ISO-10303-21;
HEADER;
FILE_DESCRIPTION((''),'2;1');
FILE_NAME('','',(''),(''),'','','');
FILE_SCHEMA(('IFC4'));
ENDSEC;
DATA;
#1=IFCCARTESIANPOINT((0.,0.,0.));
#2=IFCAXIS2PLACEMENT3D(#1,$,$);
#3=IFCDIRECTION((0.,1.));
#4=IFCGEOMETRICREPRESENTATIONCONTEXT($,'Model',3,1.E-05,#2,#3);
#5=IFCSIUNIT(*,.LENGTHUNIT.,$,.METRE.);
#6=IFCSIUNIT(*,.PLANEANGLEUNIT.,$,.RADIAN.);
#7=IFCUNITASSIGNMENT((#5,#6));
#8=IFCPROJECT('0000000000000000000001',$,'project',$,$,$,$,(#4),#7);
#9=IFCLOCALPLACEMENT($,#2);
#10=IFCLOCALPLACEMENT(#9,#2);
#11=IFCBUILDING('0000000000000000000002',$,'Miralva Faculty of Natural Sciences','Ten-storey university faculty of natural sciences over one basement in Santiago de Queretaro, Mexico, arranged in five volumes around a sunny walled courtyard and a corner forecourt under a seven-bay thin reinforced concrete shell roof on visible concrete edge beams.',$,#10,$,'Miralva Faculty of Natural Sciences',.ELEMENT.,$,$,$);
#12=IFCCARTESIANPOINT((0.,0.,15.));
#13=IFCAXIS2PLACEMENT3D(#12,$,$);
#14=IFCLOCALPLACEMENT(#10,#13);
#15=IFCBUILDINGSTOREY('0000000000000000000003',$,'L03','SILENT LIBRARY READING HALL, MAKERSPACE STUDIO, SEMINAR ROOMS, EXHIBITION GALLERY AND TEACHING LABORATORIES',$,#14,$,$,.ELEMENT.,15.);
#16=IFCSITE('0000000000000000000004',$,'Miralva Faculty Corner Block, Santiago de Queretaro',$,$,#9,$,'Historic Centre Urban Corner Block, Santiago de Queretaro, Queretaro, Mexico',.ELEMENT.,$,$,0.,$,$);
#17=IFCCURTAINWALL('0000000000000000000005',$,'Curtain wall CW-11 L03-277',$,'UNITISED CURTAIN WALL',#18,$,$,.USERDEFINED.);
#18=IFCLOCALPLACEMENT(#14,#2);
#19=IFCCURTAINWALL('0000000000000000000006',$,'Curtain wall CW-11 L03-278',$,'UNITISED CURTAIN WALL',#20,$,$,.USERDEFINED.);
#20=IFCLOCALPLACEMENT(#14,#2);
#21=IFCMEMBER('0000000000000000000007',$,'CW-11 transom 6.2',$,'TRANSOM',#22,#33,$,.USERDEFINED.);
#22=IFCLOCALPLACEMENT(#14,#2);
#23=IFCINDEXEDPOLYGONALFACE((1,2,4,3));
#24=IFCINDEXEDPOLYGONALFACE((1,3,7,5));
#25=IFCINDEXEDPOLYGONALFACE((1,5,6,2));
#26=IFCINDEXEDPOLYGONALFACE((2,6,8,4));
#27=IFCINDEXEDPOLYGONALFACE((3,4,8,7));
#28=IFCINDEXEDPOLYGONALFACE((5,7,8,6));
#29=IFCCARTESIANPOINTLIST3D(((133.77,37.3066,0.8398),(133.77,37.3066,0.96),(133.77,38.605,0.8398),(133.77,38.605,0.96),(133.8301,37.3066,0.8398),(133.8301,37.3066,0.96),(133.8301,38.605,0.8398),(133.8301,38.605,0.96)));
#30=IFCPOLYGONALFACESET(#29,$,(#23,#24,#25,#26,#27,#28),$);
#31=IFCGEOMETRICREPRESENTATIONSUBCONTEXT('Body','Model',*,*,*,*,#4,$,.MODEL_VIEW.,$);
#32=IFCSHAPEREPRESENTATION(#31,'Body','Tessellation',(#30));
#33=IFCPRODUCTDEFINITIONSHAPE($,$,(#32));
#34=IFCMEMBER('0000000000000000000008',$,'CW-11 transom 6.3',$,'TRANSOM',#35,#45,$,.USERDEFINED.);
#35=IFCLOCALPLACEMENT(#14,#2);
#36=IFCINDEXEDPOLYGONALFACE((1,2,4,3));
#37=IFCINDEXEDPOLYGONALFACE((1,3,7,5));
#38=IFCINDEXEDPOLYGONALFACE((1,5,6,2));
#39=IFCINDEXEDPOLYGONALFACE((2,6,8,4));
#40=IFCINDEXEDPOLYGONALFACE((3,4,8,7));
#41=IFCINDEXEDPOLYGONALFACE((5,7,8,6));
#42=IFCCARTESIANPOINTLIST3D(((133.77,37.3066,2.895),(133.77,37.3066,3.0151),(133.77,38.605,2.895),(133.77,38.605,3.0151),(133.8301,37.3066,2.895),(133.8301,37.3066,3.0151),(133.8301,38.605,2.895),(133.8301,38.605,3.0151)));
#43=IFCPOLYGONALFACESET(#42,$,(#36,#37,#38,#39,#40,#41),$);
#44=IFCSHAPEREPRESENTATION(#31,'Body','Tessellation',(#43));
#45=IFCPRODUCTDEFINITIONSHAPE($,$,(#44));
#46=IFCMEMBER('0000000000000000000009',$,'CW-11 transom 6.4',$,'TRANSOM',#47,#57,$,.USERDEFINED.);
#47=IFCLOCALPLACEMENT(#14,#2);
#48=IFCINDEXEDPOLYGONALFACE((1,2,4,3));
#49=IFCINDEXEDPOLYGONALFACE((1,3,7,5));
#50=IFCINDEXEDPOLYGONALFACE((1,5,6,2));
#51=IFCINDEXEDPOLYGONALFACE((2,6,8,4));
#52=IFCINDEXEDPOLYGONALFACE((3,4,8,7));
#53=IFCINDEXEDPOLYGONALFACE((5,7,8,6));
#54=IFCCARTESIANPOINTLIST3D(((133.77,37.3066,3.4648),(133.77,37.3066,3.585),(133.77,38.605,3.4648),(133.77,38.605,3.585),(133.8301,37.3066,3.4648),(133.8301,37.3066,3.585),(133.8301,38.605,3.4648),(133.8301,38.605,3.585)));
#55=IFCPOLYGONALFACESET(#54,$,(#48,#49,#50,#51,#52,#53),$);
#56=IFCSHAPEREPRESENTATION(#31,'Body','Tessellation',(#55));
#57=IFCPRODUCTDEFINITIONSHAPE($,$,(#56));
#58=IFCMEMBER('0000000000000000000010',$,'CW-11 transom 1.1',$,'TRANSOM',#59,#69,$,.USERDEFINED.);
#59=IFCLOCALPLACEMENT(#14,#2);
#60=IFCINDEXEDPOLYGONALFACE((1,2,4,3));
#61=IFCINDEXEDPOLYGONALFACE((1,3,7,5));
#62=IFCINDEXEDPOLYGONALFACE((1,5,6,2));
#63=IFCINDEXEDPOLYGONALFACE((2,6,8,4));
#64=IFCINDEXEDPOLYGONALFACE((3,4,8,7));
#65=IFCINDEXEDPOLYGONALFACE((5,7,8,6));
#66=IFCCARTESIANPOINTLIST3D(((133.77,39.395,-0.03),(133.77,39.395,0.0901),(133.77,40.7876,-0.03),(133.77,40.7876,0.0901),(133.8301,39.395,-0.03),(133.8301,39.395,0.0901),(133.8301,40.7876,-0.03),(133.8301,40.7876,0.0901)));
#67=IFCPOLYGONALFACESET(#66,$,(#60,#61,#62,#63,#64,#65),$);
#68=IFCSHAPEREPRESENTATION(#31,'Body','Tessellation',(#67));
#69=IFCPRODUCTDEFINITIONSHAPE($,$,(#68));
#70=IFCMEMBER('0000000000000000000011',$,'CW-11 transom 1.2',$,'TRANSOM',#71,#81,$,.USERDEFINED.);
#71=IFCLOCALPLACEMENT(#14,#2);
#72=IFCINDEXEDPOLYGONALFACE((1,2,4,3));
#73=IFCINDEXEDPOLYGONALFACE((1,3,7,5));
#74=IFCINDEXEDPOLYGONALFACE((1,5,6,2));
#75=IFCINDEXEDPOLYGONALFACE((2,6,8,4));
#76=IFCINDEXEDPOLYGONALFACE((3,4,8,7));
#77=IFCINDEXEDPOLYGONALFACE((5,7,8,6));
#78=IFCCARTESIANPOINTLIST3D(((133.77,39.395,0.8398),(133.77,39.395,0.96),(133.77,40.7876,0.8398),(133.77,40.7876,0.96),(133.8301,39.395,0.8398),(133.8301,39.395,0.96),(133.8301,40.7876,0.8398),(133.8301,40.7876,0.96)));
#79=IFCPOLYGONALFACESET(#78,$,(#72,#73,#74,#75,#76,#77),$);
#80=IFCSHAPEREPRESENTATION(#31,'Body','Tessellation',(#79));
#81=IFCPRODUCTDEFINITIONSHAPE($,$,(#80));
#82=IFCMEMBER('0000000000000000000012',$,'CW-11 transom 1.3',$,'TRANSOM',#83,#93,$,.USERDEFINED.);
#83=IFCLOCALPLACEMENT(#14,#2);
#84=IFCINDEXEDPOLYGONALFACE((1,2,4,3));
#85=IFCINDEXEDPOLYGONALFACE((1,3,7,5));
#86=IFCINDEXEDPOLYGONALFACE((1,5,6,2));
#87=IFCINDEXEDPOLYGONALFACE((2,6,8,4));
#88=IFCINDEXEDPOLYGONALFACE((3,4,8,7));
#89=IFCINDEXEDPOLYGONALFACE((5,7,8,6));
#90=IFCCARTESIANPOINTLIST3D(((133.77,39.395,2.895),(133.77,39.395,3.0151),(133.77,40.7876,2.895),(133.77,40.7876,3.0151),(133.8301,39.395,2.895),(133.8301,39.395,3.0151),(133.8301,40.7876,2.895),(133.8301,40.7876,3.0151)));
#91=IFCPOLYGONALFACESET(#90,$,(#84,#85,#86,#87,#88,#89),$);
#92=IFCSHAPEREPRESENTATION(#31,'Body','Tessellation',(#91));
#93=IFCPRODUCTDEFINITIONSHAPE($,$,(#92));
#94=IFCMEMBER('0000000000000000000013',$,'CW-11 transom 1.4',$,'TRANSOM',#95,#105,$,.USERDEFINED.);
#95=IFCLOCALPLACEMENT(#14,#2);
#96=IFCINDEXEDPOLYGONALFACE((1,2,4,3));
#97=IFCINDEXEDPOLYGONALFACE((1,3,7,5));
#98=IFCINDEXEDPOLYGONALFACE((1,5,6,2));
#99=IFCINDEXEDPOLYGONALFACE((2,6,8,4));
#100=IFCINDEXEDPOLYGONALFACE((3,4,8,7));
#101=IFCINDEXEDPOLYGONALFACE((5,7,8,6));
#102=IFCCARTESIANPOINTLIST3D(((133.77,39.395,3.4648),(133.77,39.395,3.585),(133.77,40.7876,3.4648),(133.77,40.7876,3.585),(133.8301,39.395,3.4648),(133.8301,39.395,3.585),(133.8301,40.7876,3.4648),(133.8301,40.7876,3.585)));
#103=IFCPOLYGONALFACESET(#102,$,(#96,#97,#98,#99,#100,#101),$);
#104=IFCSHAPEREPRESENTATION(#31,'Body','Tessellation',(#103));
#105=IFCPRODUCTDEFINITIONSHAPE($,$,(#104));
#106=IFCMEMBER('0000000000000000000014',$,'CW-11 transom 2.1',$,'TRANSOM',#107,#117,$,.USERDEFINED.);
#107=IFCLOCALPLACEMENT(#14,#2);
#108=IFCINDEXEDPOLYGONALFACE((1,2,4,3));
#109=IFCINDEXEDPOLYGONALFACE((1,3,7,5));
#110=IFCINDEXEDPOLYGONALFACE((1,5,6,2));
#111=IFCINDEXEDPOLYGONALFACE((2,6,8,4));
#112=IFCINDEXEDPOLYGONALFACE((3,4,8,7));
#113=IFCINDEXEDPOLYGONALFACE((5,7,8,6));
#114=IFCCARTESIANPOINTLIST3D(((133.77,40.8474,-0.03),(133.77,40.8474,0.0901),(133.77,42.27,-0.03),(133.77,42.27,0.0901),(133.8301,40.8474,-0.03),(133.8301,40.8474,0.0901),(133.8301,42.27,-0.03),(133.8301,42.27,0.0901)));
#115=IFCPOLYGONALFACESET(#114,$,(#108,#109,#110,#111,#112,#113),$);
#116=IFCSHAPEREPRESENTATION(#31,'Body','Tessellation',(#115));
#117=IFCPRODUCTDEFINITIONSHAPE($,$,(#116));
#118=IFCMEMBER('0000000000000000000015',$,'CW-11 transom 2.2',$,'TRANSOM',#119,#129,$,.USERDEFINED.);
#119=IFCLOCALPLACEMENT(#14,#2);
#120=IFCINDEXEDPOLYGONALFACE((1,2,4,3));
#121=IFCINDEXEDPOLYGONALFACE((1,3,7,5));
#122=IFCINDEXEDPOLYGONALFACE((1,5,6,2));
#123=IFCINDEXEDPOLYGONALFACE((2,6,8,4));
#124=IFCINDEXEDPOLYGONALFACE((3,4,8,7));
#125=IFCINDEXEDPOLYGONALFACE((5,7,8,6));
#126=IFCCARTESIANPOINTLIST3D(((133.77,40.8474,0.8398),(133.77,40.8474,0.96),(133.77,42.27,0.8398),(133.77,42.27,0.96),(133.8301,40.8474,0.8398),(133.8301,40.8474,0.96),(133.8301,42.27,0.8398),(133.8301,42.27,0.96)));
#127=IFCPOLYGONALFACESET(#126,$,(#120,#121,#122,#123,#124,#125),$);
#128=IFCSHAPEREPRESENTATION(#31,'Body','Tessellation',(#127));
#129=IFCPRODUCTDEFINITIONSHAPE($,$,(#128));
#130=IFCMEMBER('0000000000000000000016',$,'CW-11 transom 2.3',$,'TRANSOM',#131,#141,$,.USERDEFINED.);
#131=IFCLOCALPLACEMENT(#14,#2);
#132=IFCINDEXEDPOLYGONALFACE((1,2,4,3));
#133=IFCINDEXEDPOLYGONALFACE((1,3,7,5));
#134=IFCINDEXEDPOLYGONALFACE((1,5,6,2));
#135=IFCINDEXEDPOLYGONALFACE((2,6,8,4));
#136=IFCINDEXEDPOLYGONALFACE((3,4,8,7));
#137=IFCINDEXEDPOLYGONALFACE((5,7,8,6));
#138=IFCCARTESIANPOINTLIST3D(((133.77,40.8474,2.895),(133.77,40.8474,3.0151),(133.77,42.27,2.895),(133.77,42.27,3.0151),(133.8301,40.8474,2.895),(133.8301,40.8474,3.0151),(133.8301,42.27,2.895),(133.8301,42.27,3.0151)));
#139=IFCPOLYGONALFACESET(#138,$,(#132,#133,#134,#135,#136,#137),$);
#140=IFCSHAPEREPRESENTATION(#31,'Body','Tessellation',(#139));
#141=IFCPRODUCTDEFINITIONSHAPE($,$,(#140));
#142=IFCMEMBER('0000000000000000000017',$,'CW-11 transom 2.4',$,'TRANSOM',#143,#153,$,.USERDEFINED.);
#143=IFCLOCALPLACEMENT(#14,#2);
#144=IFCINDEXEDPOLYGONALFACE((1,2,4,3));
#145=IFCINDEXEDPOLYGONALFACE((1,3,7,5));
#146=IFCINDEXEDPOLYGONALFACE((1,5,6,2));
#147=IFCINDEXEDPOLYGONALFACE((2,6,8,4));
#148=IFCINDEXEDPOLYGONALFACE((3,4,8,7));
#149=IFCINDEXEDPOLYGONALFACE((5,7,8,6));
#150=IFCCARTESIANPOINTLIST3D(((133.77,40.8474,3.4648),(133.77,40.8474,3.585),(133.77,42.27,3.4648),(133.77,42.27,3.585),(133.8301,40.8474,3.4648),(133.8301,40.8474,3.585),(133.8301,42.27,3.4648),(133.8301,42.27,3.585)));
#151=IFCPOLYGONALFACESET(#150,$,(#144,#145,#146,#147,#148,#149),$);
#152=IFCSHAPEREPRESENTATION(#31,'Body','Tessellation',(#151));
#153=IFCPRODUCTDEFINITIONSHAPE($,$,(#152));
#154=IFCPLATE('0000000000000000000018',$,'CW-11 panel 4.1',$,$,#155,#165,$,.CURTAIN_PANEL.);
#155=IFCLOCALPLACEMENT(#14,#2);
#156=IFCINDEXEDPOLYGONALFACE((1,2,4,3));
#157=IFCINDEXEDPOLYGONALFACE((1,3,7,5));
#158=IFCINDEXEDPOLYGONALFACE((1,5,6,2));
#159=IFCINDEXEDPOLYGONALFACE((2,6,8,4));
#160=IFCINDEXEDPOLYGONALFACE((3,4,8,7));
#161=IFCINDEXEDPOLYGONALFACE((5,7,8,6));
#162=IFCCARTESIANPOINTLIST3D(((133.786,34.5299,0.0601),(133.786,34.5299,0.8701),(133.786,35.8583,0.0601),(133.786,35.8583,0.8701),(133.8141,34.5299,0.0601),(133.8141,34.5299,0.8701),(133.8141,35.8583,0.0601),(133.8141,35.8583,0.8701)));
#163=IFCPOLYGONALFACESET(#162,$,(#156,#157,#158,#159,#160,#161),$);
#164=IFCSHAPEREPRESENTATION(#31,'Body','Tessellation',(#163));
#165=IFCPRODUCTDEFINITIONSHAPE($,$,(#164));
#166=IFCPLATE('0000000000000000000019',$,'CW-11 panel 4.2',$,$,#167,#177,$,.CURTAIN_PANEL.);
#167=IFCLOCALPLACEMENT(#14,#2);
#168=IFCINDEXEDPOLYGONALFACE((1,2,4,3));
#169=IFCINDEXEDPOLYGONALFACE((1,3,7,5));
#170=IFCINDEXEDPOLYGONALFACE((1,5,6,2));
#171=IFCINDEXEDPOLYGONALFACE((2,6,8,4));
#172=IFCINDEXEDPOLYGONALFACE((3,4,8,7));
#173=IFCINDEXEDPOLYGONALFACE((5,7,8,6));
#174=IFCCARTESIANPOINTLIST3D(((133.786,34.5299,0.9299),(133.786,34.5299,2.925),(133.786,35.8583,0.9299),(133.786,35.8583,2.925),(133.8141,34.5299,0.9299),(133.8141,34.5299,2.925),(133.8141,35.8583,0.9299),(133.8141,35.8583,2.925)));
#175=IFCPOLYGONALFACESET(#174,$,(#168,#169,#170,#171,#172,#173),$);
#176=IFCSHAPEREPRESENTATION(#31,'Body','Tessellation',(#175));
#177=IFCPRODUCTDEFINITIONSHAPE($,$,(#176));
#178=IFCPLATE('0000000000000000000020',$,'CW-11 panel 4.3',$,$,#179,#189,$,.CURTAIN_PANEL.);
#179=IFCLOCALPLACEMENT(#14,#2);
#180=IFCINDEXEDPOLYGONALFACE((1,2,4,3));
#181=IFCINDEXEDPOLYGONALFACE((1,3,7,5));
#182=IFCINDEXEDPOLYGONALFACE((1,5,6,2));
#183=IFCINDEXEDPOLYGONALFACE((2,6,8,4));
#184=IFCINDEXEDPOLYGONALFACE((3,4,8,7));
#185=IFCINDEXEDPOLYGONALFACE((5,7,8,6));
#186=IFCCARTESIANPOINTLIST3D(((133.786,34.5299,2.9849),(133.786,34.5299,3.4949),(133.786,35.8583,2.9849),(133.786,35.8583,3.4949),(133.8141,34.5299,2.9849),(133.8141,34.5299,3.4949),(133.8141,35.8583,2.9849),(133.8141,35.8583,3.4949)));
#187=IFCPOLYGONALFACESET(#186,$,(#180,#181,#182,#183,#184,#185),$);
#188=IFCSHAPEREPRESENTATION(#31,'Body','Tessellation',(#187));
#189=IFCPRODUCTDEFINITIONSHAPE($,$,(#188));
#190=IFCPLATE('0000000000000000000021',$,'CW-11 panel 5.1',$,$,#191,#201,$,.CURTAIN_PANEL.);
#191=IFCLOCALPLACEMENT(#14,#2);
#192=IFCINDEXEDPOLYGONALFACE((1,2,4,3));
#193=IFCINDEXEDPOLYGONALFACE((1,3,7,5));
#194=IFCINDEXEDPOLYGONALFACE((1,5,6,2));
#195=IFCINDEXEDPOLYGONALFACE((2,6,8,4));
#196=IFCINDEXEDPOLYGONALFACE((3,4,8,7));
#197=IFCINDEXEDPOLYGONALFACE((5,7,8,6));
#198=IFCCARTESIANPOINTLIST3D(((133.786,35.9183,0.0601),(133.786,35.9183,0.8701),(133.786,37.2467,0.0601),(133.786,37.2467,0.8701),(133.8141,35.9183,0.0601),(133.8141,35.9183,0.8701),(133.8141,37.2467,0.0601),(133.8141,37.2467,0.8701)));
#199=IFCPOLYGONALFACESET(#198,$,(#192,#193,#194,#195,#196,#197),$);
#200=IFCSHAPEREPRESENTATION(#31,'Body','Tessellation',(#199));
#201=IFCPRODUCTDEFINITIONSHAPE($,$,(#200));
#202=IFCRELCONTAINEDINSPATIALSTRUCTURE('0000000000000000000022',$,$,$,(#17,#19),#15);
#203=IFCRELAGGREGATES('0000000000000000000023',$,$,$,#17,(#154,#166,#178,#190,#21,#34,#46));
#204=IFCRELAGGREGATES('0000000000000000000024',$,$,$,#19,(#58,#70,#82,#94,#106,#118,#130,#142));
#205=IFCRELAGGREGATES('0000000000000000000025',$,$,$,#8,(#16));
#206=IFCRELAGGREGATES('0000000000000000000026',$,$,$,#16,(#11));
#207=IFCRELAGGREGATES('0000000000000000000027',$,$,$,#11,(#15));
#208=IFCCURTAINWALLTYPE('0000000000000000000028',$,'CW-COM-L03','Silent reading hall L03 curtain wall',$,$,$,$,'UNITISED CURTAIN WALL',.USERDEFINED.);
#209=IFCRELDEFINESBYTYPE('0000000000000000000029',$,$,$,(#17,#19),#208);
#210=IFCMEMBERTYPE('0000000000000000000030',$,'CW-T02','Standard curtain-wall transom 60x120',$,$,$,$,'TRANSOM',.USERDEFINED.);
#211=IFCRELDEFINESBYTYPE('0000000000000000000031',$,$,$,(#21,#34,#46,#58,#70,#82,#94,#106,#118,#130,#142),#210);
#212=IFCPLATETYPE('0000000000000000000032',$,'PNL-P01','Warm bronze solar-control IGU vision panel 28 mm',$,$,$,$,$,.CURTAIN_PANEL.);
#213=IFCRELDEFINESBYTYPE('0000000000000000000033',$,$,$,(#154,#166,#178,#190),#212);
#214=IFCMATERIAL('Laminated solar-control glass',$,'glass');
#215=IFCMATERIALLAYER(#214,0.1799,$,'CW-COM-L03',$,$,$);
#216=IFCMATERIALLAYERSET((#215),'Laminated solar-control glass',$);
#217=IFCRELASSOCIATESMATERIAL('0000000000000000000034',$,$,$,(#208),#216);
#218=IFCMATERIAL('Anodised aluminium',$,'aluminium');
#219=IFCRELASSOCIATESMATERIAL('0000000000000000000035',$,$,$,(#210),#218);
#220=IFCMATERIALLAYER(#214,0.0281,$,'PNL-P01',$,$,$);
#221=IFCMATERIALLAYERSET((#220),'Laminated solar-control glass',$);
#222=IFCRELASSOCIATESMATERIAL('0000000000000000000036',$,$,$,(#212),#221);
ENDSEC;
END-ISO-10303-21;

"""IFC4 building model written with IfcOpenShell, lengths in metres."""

from ifc_helpers import new_model, si_unit, direction, frame, origin, origin_2d, place, context, subcontext, project, spatial, rectangle, extrude, material, layer, layer_set, material_profile, profile_set, type_object, element, aggregate, save


model = new_model("IFC4")

# Units and contexts
model_context = context("Model", 3, precision=1e-05, world=origin(), true_north=direction((0.0, 1.0)))
body_context = subcontext(model_context, "Body", "Model", "MODEL_VIEW")
ifc_project = project(units=[si_unit("LENGTHUNIT", "METRE"), si_unit("PLANEANGLEUNIT", "RADIAN")], contexts=[model_context])

# Site, building, storey
site_placement = place(None, origin())
site = spatial("IfcSite", under=ifc_project, at=site_placement, Name="Miralva Faculty Corner Block, Santiago de Queretaro", LongName="Historic Centre Urban Corner Block, Santiago de Queretaro, Queretaro, Mexico", CompositionType="ELEMENT", RefElevation=0.0)
building_placement = place(site_placement, origin())
building = spatial("IfcBuilding", under=site, at=building_placement, Name="Miralva Faculty of Natural Sciences", Description="Ten-storey university faculty of natural sciences over one basement in Santiago de Queretaro, Mexico, arranged in five volumes around a sunny walled courtyard and a corner forecourt under a seven-bay thin reinforced concrete shell roof on visible concrete edge beams.", LongName="Miralva Faculty of Natural Sciences", CompositionType="ELEMENT")
storey_placement = place(building_placement, frame((0.0, 0.0, 15.0)))
storey = spatial("IfcBuildingStorey", under=building, at=storey_placement, Name="L03", Description="SILENT LIBRARY READING HALL, MAKERSPACE STUDIO, SEMINAR ROOMS, EXHIBITION GALLERY AND TEACHING LABORATORIES", CompositionType="ELEMENT", Elevation=15.0)

# Curtain walls
ifc_material_1 = material(Name="Laminated solar-control glass", Category="glass")
ifc_layer_1 = layer(ifc_material_1, 0.1799, Name="CW-COM-L03")
ifc_layer_set_1 = layer_set([ifc_layer_1], Name="Laminated solar-control glass")
curtain_wall_type = type_object("IfcCurtainWallType", Name="CW-COM-L03", Description="Silent reading hall L03 curtain wall", ElementType="UNITISED CURTAIN WALL", PredefinedType="USERDEFINED", material=ifc_layer_set_1)
curtain_wall_1_placement = place(storey_placement, origin())
curtain_wall_1 = element("IfcCurtainWall", 1, at=curtain_wall_1_placement, inside=storey, type_object=curtain_wall_type, Name="Curtain wall CW-11 L03-277", ObjectType="UNITISED CURTAIN WALL", PredefinedType="USERDEFINED")
ifc_material_2 = material(Name="Anodised aluminium", Category="aluminium")
curtain_wall_2_placement = place(storey_placement, origin())
curtain_wall_2 = element("IfcCurtainWall", 2, at=curtain_wall_2_placement, inside=storey, type_object=curtain_wall_type, Name="Curtain wall CW-11 L03-278", ObjectType="UNITISED CURTAIN WALL", PredefinedType="USERDEFINED")

# Members
ifc_material_profile_1 = material_profile(ifc_material_2, rectangle(XDim=0.0601, YDim=0.1201, at=origin_2d()), Name="TRANSOM 60x120")
ifc_profile_set_1 = profile_set([ifc_material_profile_1], Name="Anodised aluminium")
member_type_1 = type_object("IfcMemberType", Name="CW-T02", Description="Standard curtain-wall transom 60x120", ElementType="TRANSOM", PredefinedType="USERDEFINED", material=ifc_profile_set_1)
member_1_placement = place(storey_placement, frame((133.8, 37.3066, 0.8999), z_axis=(0.0, 1.0, 0.0), x_axis=(-1.0, 0.0, 0.0)))
member_1 = element("IfcMember", 3, at=member_1_placement, type_object=member_type_1, Name="CW-11 transom 6.2", ObjectType="TRANSOM", PredefinedType="USERDEFINED", context=body_context, shape_type="SweptSolid", body=[
    extrude(rectangle(XDim=0.0601, YDim=0.1201, at=origin_2d()), origin(), (0.0, 0.0, 1.0), 1.2983),
])
member_2_placement = place(storey_placement, frame((133.8, 37.3066, 2.9551), z_axis=(0.0, 1.0, 0.0), x_axis=(-1.0, 0.0, 0.0)))
member_2 = element("IfcMember", 4, at=member_2_placement, type_object=member_type_1, Name="CW-11 transom 6.3", ObjectType="TRANSOM", PredefinedType="USERDEFINED", context=body_context, shape_type="SweptSolid", body=[
    extrude(rectangle(XDim=0.0601, YDim=0.1201, at=origin_2d()), origin(), (0.0, 0.0, 1.0), 1.2983),
])
member_3_placement = place(storey_placement, frame((133.8, 37.3066, 3.5249), z_axis=(0.0, 1.0, 0.0), x_axis=(-1.0, 0.0, 0.0)))
member_3 = element("IfcMember", 5, at=member_3_placement, type_object=member_type_1, Name="CW-11 transom 6.4", ObjectType="TRANSOM", PredefinedType="USERDEFINED", context=body_context, shape_type="SweptSolid", body=[
    extrude(rectangle(XDim=0.0601, YDim=0.1201, at=origin_2d()), origin(), (0.0, 0.0, 1.0), 1.2983),
])
member_4_placement = place(storey_placement, frame((133.8, 39.395, 0.03), z_axis=(0.0, 1.0, 0.0), x_axis=(-1.0, 0.0, 0.0)))
member_4 = element("IfcMember", 6, at=member_4_placement, type_object=member_type_1, Name="CW-11 transom 1.1", ObjectType="TRANSOM", PredefinedType="USERDEFINED", context=body_context, shape_type="SweptSolid", body=[
    extrude(rectangle(XDim=0.0601, YDim=0.1201, at=origin_2d()), origin(), (0.0, 0.0, 1.0), 1.3926),
])
member_5_placement = place(storey_placement, frame((133.8, 39.395, 0.8999), z_axis=(0.0, 1.0, 0.0), x_axis=(-1.0, 0.0, 0.0)))
member_5 = element("IfcMember", 7, at=member_5_placement, type_object=member_type_1, Name="CW-11 transom 1.2", ObjectType="TRANSOM", PredefinedType="USERDEFINED", context=body_context, shape_type="SweptSolid", body=[
    extrude(rectangle(XDim=0.0601, YDim=0.1201, at=origin_2d()), origin(), (0.0, 0.0, 1.0), 1.3926),
])
member_6_placement = place(storey_placement, frame((133.8, 39.395, 2.9551), z_axis=(0.0, 1.0, 0.0), x_axis=(-1.0, 0.0, 0.0)))
member_6 = element("IfcMember", 8, at=member_6_placement, type_object=member_type_1, Name="CW-11 transom 1.3", ObjectType="TRANSOM", PredefinedType="USERDEFINED", context=body_context, shape_type="SweptSolid", body=[
    extrude(rectangle(XDim=0.0601, YDim=0.1201, at=origin_2d()), origin(), (0.0, 0.0, 1.0), 1.3926),
])
member_7_placement = place(storey_placement, frame((133.8, 39.395, 3.5249), z_axis=(0.0, 1.0, 0.0), x_axis=(-1.0, 0.0, 0.0)))
member_7 = element("IfcMember", 9, at=member_7_placement, type_object=member_type_1, Name="CW-11 transom 1.4", ObjectType="TRANSOM", PredefinedType="USERDEFINED", context=body_context, shape_type="SweptSolid", body=[
    extrude(rectangle(XDim=0.0601, YDim=0.1201, at=origin_2d()), origin(), (0.0, 0.0, 1.0), 1.3926),
])
member_8_placement = place(storey_placement, frame((133.8, 40.8474, 0.03), z_axis=(0.0, 1.0, 0.0), x_axis=(-1.0, 0.0, 0.0)))
member_8 = element("IfcMember", 10, at=member_8_placement, type_object=member_type_1, Name="CW-11 transom 2.1", ObjectType="TRANSOM", PredefinedType="USERDEFINED", context=body_context, shape_type="SweptSolid", body=[
    extrude(rectangle(XDim=0.0601, YDim=0.1201, at=origin_2d()), origin(), (0.0, 0.0, 1.0), 1.4226),
])
member_9_placement = place(storey_placement, frame((133.8, 40.8474, 0.8999), z_axis=(0.0, 1.0, 0.0), x_axis=(-1.0, 0.0, 0.0)))
member_9 = element("IfcMember", 11, at=member_9_placement, type_object=member_type_1, Name="CW-11 transom 2.2", ObjectType="TRANSOM", PredefinedType="USERDEFINED", context=body_context, shape_type="SweptSolid", body=[
    extrude(rectangle(XDim=0.0601, YDim=0.1201, at=origin_2d()), origin(), (0.0, 0.0, 1.0), 1.4226),
])
member_10_placement = place(storey_placement, frame((133.8, 40.8474, 2.9551), z_axis=(0.0, 1.0, 0.0), x_axis=(-1.0, 0.0, 0.0)))
member_10 = element("IfcMember", 12, at=member_10_placement, type_object=member_type_1, Name="CW-11 transom 2.3", ObjectType="TRANSOM", PredefinedType="USERDEFINED", context=body_context, shape_type="SweptSolid", body=[
    extrude(rectangle(XDim=0.0601, YDim=0.1201, at=origin_2d()), origin(), (0.0, 0.0, 1.0), 1.4226),
])
member_11_placement = place(storey_placement, frame((133.8, 40.8474, 3.5249), z_axis=(0.0, 1.0, 0.0), x_axis=(-1.0, 0.0, 0.0)))
member_11 = element("IfcMember", 13, at=member_11_placement, type_object=member_type_1, Name="CW-11 transom 2.4", ObjectType="TRANSOM", PredefinedType="USERDEFINED", context=body_context, shape_type="SweptSolid", body=[
    extrude(rectangle(XDim=0.0601, YDim=0.1201, at=origin_2d()), origin(), (0.0, 0.0, 1.0), 1.4226),
])

# Plates
ifc_layer_2 = layer(ifc_material_1, 0.0281, Name="PNL-P01")
ifc_layer_set_2 = layer_set([ifc_layer_2], Name="Laminated solar-control glass")
plate_type = type_object("IfcPlateType", Name="PNL-P01", Description="Warm bronze solar-control IGU vision panel 28 mm", PredefinedType="CURTAIN_PANEL", material=ifc_layer_set_2)
plate_1_placement = place(storey_placement, frame((133.8, 35.1941, 0.0601), z_axis=(0.0, 0.0, 1.0), x_axis=(0.0, 1.0, 0.0)))
plate_1 = element("IfcPlate", 14, at=plate_1_placement, type_object=plate_type, Name="CW-11 panel 4.1", PredefinedType="CURTAIN_PANEL", context=body_context, shape_type="SweptSolid", body=[
    extrude(rectangle(XDim=1.3284, YDim=0.0281, at=origin_2d()), origin(), (0.0, 0.0, 1.0), 0.8101),
])
plate_2_placement = place(storey_placement, frame((133.8, 35.1941, 0.9299), z_axis=(0.0, 0.0, 1.0), x_axis=(0.0, 1.0, 0.0)))
plate_2 = element("IfcPlate", 15, at=plate_2_placement, type_object=plate_type, Name="CW-11 panel 4.2", PredefinedType="CURTAIN_PANEL", context=body_context, shape_type="SweptSolid", body=[
    extrude(rectangle(XDim=1.3284, YDim=0.0281, at=origin_2d()), origin(), (0.0, 0.0, 1.0), 1.9951),
])
plate_3_placement = place(storey_placement, frame((133.8, 35.1941, 2.9849), z_axis=(0.0, 0.0, 1.0), x_axis=(0.0, 1.0, 0.0)))
plate_3 = element("IfcPlate", 16, at=plate_3_placement, type_object=plate_type, Name="CW-11 panel 4.3", PredefinedType="CURTAIN_PANEL", context=body_context, shape_type="SweptSolid", body=[
    extrude(rectangle(XDim=1.3284, YDim=0.0281, at=origin_2d()), origin(), (0.0, 0.0, 1.0), 0.51),
])
plate_4_placement = place(storey_placement, frame((133.8, 36.5825, 0.0601), z_axis=(0.0, 0.0, 1.0), x_axis=(0.0, 1.0, 0.0)))
plate_4 = element("IfcPlate", 17, at=plate_4_placement, type_object=plate_type, Name="CW-11 panel 5.1", PredefinedType="CURTAIN_PANEL", context=body_context, shape_type="SweptSolid", body=[
    extrude(rectangle(XDim=1.3284, YDim=0.0281, at=origin_2d()), origin(), (0.0, 0.0, 1.0), 0.8101),
])
aggregate(curtain_wall_1, [plate_1, plate_2, plate_3, plate_4, member_1, member_2, member_3])
aggregate(curtain_wall_2, [member_4, member_5, member_6, member_7, member_8, member_9, member_10, member_11])

save(model, "model.ifc")
